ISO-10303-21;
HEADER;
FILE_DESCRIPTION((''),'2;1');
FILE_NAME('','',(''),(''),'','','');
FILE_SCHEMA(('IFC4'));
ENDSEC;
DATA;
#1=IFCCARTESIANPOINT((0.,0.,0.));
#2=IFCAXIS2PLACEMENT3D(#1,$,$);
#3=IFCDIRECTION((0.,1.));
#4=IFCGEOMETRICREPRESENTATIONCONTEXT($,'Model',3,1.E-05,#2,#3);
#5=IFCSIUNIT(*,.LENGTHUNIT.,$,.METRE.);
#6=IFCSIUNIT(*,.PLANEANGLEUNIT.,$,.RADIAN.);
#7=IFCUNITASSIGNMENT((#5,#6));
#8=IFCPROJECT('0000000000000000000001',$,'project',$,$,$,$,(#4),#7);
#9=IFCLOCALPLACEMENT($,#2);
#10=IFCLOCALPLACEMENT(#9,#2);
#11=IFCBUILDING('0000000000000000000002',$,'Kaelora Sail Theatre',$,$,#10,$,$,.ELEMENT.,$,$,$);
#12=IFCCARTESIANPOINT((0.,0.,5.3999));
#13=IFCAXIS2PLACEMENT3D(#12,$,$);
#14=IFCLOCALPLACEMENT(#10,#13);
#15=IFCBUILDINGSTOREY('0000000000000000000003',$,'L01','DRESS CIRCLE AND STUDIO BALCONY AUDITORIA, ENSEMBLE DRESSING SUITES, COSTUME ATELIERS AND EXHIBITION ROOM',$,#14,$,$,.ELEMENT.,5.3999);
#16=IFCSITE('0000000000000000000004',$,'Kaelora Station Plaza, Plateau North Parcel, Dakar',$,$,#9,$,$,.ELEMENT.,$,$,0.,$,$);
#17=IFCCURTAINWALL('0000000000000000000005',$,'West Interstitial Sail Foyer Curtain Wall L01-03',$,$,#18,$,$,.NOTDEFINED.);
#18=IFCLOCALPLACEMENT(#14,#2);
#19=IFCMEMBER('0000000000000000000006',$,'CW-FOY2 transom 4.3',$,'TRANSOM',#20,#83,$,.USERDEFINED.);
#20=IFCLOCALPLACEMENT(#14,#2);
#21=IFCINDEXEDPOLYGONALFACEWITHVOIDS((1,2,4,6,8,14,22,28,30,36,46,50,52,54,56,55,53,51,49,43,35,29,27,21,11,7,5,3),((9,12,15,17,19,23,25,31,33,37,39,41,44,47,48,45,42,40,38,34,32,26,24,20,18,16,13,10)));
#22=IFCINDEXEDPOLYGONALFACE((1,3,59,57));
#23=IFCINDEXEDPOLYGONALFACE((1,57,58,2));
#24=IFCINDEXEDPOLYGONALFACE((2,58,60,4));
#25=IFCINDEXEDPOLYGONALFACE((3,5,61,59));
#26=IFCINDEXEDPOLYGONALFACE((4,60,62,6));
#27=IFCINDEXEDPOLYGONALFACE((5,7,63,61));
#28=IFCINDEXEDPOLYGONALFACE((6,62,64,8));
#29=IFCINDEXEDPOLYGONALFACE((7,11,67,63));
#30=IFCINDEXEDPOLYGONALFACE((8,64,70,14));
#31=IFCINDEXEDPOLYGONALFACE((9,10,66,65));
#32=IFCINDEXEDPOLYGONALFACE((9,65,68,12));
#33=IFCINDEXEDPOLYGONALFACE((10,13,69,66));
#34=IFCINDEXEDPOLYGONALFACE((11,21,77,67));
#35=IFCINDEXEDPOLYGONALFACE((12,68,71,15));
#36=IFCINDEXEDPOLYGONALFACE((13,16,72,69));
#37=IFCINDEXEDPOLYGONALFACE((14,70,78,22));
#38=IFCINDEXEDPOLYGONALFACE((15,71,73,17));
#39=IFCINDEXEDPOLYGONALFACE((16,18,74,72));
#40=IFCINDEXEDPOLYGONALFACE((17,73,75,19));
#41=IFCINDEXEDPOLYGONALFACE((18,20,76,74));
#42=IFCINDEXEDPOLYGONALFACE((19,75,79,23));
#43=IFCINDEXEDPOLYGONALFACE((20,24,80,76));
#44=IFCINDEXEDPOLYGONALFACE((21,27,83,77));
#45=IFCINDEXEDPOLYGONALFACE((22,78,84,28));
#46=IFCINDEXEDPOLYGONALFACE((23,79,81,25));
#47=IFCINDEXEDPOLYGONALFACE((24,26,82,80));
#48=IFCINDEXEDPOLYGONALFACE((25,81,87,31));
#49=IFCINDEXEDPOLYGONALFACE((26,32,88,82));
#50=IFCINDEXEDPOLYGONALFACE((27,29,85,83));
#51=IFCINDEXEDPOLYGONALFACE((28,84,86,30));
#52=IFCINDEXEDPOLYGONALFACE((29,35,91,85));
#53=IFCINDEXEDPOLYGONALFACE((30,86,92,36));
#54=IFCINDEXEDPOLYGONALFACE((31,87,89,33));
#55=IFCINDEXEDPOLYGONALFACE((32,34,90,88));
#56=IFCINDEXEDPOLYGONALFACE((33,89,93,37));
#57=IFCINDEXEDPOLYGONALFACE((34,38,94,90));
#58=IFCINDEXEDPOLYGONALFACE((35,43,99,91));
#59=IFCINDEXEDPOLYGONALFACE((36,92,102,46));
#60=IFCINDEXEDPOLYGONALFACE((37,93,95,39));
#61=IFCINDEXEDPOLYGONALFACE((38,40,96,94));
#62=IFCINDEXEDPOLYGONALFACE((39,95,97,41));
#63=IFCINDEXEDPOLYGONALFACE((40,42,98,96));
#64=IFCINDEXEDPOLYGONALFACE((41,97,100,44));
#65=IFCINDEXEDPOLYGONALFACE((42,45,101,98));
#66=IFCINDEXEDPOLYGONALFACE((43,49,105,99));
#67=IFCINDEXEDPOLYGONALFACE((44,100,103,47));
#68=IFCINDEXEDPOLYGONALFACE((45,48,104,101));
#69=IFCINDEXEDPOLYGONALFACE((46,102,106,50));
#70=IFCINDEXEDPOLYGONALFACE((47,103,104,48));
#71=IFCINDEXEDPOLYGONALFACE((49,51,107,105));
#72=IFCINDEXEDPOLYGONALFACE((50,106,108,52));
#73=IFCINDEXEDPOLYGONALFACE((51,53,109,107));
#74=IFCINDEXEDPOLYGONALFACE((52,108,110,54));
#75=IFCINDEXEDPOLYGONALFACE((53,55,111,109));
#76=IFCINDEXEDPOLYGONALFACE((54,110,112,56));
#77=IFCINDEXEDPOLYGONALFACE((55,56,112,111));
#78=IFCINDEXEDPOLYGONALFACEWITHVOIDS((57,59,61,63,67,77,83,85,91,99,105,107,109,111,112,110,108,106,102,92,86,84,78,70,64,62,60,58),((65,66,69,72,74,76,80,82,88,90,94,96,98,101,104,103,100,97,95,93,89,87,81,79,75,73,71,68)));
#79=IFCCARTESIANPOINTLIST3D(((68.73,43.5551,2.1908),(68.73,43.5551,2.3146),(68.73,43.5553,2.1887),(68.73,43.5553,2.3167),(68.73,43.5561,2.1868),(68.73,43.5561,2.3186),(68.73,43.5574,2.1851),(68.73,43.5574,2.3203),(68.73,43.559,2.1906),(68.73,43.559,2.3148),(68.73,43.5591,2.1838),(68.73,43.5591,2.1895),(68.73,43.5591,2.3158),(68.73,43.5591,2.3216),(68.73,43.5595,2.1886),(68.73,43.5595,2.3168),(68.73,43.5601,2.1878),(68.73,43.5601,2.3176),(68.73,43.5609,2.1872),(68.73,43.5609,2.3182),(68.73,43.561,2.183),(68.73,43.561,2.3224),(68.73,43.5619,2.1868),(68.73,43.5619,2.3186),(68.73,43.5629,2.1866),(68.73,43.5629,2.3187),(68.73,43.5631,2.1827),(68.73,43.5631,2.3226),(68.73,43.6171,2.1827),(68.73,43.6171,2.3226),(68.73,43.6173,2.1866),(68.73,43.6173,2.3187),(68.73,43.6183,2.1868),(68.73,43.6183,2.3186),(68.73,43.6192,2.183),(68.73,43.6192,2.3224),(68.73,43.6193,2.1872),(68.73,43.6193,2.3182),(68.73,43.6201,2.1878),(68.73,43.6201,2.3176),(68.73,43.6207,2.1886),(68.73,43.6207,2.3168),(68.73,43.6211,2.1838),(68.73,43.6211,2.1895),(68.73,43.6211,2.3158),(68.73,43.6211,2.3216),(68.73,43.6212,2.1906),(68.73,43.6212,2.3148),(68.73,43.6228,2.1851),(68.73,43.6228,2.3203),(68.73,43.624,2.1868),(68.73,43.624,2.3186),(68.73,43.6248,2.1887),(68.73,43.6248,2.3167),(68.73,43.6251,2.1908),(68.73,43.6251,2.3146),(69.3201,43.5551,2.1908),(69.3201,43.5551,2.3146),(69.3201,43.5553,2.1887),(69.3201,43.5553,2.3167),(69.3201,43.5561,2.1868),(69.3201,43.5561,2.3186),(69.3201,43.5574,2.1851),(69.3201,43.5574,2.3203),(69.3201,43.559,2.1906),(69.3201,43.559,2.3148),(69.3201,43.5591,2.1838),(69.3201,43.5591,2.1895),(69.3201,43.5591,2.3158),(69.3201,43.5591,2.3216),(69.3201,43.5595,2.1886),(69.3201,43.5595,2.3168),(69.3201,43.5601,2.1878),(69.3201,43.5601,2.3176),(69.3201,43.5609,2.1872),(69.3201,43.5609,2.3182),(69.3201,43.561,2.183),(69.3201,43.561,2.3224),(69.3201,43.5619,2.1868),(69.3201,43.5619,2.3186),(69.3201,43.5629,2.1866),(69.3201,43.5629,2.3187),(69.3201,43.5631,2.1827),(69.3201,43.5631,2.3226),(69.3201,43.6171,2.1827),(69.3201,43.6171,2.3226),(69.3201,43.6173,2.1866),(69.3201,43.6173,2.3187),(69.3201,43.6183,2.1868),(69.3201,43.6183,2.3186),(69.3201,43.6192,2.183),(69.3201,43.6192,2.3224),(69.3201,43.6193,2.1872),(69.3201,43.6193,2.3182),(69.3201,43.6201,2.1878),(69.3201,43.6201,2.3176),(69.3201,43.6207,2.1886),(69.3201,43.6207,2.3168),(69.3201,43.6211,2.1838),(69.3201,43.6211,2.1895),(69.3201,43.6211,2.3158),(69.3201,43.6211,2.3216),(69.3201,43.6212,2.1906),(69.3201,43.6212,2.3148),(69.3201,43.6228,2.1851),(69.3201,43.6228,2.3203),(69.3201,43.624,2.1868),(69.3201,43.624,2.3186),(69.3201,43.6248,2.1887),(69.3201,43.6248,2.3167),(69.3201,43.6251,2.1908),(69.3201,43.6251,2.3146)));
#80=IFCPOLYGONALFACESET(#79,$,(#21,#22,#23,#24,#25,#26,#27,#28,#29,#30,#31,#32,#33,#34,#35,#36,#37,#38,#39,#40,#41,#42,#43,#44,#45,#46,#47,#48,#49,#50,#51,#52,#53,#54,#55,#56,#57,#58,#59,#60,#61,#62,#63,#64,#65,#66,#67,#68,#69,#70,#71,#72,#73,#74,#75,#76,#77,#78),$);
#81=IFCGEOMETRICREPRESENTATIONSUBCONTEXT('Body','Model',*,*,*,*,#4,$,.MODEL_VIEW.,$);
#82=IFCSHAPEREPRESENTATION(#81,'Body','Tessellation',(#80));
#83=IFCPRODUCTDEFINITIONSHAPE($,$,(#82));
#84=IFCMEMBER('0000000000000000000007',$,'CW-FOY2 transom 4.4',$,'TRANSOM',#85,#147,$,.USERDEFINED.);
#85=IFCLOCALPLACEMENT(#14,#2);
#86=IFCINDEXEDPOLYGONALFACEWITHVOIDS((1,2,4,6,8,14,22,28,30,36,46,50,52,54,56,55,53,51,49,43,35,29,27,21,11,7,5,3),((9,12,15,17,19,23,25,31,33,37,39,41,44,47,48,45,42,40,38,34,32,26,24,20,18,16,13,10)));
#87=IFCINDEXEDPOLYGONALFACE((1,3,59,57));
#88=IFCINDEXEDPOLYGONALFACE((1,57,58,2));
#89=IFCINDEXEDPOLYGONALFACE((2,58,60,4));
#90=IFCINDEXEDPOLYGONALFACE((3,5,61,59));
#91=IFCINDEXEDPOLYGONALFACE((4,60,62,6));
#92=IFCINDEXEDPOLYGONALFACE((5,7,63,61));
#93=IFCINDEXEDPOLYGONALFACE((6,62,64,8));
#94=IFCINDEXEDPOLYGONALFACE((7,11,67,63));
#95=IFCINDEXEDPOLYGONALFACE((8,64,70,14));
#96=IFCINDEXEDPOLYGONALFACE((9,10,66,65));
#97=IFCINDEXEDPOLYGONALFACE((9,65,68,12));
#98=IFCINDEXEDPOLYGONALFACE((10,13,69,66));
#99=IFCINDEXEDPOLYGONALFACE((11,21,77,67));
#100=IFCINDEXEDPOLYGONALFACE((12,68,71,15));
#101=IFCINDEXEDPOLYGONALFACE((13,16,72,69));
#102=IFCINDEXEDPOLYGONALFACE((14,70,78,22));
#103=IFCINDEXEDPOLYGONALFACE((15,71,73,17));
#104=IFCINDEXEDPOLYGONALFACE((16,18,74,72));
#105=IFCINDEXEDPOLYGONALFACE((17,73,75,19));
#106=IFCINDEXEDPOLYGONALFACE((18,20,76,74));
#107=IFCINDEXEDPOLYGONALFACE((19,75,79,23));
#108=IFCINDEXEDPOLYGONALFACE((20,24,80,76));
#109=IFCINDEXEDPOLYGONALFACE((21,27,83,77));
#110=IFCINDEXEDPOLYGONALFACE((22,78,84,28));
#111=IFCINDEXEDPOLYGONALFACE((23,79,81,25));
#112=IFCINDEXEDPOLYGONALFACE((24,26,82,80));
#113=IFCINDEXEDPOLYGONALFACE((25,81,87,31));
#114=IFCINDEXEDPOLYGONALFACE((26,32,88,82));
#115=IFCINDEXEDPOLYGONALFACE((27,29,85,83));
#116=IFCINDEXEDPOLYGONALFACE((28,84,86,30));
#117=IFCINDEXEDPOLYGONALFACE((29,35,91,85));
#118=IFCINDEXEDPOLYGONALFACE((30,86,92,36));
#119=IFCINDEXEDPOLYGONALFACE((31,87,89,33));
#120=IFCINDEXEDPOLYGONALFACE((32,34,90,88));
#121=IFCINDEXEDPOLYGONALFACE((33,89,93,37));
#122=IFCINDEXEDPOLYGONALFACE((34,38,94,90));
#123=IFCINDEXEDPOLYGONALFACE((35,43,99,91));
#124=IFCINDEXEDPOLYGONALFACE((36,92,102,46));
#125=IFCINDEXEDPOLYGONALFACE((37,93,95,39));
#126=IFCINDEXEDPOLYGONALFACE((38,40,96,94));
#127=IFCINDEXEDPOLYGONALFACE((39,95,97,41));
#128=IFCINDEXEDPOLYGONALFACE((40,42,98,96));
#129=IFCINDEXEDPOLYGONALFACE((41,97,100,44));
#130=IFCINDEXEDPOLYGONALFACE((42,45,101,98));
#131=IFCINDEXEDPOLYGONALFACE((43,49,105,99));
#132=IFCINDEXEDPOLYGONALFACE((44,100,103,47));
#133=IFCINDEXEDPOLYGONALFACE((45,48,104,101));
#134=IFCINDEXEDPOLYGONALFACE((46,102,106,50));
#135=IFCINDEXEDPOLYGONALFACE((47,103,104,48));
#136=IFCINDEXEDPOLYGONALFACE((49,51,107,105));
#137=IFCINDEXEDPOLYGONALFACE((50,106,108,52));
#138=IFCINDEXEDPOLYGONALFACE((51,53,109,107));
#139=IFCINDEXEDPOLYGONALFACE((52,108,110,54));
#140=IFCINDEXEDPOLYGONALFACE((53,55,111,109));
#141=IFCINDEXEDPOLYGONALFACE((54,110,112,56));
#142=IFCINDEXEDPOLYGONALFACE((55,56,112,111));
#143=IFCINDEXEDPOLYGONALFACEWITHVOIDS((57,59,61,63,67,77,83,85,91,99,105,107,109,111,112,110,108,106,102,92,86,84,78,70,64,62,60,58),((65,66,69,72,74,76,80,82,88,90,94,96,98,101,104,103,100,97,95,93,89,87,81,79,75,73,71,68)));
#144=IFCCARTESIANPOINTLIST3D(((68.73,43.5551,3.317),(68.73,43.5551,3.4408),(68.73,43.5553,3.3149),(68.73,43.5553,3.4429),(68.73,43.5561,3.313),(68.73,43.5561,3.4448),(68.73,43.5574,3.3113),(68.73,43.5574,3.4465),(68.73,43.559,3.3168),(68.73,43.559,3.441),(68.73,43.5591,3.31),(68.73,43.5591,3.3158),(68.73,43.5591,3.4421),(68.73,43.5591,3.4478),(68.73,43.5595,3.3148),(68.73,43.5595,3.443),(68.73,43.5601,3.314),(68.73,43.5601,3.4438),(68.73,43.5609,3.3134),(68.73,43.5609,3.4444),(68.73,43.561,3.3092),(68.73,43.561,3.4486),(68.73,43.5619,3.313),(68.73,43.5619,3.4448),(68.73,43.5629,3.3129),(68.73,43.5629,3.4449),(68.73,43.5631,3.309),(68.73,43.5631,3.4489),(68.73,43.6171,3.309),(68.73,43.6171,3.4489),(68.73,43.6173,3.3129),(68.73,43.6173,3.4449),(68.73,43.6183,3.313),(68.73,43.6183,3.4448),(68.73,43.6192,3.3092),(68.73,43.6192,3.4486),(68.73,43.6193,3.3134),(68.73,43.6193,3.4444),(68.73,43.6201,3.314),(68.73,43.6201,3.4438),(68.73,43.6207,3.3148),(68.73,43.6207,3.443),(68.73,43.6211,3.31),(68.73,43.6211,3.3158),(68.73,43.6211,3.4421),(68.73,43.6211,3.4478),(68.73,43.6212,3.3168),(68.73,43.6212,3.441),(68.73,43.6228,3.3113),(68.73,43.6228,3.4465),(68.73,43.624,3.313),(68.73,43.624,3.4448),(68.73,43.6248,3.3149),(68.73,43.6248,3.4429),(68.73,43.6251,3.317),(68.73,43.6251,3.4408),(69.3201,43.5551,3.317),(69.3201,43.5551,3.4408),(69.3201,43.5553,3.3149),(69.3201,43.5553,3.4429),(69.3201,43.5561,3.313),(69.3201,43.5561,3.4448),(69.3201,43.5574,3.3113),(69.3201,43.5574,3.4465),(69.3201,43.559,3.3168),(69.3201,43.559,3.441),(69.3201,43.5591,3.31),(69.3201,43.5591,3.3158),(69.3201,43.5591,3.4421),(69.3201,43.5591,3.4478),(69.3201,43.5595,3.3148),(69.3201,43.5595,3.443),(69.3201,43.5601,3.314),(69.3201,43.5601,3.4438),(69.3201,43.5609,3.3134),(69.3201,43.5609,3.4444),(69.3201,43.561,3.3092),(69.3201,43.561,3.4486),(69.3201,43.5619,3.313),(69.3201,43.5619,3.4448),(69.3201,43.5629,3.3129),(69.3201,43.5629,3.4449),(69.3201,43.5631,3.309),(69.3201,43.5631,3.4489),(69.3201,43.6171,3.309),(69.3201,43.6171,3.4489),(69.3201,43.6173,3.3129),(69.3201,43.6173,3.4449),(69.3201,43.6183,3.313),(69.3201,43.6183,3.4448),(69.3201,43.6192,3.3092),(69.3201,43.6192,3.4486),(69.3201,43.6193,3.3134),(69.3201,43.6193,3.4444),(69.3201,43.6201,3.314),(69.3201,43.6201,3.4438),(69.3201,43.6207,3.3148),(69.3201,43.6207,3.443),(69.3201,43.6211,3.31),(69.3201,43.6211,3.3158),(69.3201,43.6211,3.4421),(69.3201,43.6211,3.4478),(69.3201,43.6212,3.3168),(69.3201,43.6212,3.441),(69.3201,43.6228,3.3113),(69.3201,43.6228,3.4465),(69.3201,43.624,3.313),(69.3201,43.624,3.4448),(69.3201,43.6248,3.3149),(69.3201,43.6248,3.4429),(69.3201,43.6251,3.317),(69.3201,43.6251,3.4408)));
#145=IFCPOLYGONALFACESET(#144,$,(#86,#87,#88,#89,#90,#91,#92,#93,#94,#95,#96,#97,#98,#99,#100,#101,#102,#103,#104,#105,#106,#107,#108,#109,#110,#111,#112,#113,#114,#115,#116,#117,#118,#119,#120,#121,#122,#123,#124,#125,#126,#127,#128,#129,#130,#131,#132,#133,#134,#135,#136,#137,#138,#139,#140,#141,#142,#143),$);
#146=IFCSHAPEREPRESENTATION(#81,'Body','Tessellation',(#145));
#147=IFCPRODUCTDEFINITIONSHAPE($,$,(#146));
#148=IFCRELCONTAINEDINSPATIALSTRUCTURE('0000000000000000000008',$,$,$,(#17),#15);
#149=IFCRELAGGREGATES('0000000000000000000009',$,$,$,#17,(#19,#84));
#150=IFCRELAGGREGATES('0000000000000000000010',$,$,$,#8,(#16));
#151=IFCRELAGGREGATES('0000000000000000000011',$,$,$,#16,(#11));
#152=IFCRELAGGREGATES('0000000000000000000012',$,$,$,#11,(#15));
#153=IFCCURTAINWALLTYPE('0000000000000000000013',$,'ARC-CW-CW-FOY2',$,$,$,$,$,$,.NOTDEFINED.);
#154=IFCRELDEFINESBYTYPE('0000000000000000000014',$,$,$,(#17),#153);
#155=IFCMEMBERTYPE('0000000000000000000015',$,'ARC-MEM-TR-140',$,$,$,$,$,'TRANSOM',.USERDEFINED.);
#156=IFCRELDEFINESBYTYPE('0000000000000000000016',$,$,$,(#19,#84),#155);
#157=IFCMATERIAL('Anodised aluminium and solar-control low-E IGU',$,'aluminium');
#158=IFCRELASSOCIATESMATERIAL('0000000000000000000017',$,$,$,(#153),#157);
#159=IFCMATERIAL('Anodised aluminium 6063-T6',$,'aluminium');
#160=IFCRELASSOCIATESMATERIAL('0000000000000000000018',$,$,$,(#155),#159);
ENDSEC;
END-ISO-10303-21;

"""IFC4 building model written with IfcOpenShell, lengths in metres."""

from ifc_helpers import new_model, si_unit, direction, frame, origin, origin_2d, place, context, subcontext, project, spatial, hollow_rectangle, extrude, material, material_profile, profile_set, type_object, element, aggregate, save


model = new_model("IFC4")

# Units and contexts
model_context = context("Model", 3, precision=1e-05, world=origin(), true_north=direction((0.0, 1.0)))
body_context = subcontext(model_context, "Body", "Model", "MODEL_VIEW")
ifc_project = project(units=[si_unit("LENGTHUNIT", "METRE"), si_unit("PLANEANGLEUNIT", "RADIAN")], contexts=[model_context])

# Site, building, storey
site_placement = place(None, origin())
site = spatial("IfcSite", under=ifc_project, at=site_placement, Name="Kaelora Station Plaza, Plateau North Parcel, Dakar", CompositionType="ELEMENT", RefElevation=0.0)
building_placement = place(site_placement, origin())
building = spatial("IfcBuilding", under=site, at=building_placement, Name="Kaelora Sail Theatre", CompositionType="ELEMENT")
storey_placement = place(building_placement, frame((0.0, 0.0, 5.3999)))
storey = spatial("IfcBuildingStorey", under=building, at=storey_placement, Name="L01", Description="DRESS CIRCLE AND STUDIO BALCONY AUDITORIA, ENSEMBLE DRESSING SUITES, COSTUME ATELIERS AND EXHIBITION ROOM", CompositionType="ELEMENT", Elevation=5.3999)

# Curtain wall, members
ifc_material_1 = material(Name="Anodised aluminium and solar-control low-E IGU", Category="aluminium")
curtain_wall_type = type_object("IfcCurtainWallType", Name="ARC-CW-CW-FOY2", PredefinedType="NOTDEFINED", material=ifc_material_1)
curtain_wall_placement = place(storey_placement, origin())
curtain_wall = element("IfcCurtainWall", 1, at=curtain_wall_placement, inside=storey, type_object=curtain_wall_type, Name="West Interstitial Sail Foyer Curtain Wall L01-03", PredefinedType="NOTDEFINED")
ifc_material_2 = material(Name="Anodised aluminium 6063-T6", Category="aluminium")
ifc_material_profile_1 = material_profile(ifc_material_2, hollow_rectangle(XDim=0.0701, YDim=0.1399, WallThickness=0.0039, InnerFilletRadius=0.0039, OuterFilletRadius=0.0081, at=origin_2d()), Name="ALU-TRAN 70x140x4")
ifc_profile_set_1 = profile_set([ifc_material_profile_1], Name="Anodised aluminium 6063-T6")
member_type_1 = type_object("IfcMemberType", Name="ARC-MEM-TR-140", ElementType="TRANSOM", PredefinedType="USERDEFINED", material=ifc_profile_set_1)
member_1_placement = place(storey_placement, frame((68.73, 43.5901, 2.2527), z_axis=(1.0, 0.0, 0.0), x_axis=(0.0, 1.0, 0.0)))
member_1 = element("IfcMember", 2, at=member_1_placement, type_object=member_type_1, Name="CW-FOY2 transom 4.3", ObjectType="TRANSOM", PredefinedType="USERDEFINED", context=body_context, shape_type="SweptSolid", body=[
    extrude(hollow_rectangle(XDim=0.0701, YDim=0.1399, WallThickness=0.0039, InnerFilletRadius=0.0039, OuterFilletRadius=0.0081, at=origin_2d()), origin(), (0.0, 0.0, 1.0), 0.5901),
])
member_2_placement = place(storey_placement, frame((68.73, 43.5901, 3.3789), z_axis=(1.0, 0.0, 0.0), x_axis=(0.0, 1.0, 0.0)))
member_2 = element("IfcMember", 3, at=member_2_placement, type_object=member_type_1, Name="CW-FOY2 transom 4.4", ObjectType="TRANSOM", PredefinedType="USERDEFINED", context=body_context, shape_type="SweptSolid", body=[
    extrude(hollow_rectangle(XDim=0.0701, YDim=0.1399, WallThickness=0.0039, InnerFilletRadius=0.0039, OuterFilletRadius=0.0081, at=origin_2d()), origin(), (0.0, 0.0, 1.0), 0.5901),
])

aggregate(curtain_wall, [member_1, member_2])

save(model, "model.ifc")
